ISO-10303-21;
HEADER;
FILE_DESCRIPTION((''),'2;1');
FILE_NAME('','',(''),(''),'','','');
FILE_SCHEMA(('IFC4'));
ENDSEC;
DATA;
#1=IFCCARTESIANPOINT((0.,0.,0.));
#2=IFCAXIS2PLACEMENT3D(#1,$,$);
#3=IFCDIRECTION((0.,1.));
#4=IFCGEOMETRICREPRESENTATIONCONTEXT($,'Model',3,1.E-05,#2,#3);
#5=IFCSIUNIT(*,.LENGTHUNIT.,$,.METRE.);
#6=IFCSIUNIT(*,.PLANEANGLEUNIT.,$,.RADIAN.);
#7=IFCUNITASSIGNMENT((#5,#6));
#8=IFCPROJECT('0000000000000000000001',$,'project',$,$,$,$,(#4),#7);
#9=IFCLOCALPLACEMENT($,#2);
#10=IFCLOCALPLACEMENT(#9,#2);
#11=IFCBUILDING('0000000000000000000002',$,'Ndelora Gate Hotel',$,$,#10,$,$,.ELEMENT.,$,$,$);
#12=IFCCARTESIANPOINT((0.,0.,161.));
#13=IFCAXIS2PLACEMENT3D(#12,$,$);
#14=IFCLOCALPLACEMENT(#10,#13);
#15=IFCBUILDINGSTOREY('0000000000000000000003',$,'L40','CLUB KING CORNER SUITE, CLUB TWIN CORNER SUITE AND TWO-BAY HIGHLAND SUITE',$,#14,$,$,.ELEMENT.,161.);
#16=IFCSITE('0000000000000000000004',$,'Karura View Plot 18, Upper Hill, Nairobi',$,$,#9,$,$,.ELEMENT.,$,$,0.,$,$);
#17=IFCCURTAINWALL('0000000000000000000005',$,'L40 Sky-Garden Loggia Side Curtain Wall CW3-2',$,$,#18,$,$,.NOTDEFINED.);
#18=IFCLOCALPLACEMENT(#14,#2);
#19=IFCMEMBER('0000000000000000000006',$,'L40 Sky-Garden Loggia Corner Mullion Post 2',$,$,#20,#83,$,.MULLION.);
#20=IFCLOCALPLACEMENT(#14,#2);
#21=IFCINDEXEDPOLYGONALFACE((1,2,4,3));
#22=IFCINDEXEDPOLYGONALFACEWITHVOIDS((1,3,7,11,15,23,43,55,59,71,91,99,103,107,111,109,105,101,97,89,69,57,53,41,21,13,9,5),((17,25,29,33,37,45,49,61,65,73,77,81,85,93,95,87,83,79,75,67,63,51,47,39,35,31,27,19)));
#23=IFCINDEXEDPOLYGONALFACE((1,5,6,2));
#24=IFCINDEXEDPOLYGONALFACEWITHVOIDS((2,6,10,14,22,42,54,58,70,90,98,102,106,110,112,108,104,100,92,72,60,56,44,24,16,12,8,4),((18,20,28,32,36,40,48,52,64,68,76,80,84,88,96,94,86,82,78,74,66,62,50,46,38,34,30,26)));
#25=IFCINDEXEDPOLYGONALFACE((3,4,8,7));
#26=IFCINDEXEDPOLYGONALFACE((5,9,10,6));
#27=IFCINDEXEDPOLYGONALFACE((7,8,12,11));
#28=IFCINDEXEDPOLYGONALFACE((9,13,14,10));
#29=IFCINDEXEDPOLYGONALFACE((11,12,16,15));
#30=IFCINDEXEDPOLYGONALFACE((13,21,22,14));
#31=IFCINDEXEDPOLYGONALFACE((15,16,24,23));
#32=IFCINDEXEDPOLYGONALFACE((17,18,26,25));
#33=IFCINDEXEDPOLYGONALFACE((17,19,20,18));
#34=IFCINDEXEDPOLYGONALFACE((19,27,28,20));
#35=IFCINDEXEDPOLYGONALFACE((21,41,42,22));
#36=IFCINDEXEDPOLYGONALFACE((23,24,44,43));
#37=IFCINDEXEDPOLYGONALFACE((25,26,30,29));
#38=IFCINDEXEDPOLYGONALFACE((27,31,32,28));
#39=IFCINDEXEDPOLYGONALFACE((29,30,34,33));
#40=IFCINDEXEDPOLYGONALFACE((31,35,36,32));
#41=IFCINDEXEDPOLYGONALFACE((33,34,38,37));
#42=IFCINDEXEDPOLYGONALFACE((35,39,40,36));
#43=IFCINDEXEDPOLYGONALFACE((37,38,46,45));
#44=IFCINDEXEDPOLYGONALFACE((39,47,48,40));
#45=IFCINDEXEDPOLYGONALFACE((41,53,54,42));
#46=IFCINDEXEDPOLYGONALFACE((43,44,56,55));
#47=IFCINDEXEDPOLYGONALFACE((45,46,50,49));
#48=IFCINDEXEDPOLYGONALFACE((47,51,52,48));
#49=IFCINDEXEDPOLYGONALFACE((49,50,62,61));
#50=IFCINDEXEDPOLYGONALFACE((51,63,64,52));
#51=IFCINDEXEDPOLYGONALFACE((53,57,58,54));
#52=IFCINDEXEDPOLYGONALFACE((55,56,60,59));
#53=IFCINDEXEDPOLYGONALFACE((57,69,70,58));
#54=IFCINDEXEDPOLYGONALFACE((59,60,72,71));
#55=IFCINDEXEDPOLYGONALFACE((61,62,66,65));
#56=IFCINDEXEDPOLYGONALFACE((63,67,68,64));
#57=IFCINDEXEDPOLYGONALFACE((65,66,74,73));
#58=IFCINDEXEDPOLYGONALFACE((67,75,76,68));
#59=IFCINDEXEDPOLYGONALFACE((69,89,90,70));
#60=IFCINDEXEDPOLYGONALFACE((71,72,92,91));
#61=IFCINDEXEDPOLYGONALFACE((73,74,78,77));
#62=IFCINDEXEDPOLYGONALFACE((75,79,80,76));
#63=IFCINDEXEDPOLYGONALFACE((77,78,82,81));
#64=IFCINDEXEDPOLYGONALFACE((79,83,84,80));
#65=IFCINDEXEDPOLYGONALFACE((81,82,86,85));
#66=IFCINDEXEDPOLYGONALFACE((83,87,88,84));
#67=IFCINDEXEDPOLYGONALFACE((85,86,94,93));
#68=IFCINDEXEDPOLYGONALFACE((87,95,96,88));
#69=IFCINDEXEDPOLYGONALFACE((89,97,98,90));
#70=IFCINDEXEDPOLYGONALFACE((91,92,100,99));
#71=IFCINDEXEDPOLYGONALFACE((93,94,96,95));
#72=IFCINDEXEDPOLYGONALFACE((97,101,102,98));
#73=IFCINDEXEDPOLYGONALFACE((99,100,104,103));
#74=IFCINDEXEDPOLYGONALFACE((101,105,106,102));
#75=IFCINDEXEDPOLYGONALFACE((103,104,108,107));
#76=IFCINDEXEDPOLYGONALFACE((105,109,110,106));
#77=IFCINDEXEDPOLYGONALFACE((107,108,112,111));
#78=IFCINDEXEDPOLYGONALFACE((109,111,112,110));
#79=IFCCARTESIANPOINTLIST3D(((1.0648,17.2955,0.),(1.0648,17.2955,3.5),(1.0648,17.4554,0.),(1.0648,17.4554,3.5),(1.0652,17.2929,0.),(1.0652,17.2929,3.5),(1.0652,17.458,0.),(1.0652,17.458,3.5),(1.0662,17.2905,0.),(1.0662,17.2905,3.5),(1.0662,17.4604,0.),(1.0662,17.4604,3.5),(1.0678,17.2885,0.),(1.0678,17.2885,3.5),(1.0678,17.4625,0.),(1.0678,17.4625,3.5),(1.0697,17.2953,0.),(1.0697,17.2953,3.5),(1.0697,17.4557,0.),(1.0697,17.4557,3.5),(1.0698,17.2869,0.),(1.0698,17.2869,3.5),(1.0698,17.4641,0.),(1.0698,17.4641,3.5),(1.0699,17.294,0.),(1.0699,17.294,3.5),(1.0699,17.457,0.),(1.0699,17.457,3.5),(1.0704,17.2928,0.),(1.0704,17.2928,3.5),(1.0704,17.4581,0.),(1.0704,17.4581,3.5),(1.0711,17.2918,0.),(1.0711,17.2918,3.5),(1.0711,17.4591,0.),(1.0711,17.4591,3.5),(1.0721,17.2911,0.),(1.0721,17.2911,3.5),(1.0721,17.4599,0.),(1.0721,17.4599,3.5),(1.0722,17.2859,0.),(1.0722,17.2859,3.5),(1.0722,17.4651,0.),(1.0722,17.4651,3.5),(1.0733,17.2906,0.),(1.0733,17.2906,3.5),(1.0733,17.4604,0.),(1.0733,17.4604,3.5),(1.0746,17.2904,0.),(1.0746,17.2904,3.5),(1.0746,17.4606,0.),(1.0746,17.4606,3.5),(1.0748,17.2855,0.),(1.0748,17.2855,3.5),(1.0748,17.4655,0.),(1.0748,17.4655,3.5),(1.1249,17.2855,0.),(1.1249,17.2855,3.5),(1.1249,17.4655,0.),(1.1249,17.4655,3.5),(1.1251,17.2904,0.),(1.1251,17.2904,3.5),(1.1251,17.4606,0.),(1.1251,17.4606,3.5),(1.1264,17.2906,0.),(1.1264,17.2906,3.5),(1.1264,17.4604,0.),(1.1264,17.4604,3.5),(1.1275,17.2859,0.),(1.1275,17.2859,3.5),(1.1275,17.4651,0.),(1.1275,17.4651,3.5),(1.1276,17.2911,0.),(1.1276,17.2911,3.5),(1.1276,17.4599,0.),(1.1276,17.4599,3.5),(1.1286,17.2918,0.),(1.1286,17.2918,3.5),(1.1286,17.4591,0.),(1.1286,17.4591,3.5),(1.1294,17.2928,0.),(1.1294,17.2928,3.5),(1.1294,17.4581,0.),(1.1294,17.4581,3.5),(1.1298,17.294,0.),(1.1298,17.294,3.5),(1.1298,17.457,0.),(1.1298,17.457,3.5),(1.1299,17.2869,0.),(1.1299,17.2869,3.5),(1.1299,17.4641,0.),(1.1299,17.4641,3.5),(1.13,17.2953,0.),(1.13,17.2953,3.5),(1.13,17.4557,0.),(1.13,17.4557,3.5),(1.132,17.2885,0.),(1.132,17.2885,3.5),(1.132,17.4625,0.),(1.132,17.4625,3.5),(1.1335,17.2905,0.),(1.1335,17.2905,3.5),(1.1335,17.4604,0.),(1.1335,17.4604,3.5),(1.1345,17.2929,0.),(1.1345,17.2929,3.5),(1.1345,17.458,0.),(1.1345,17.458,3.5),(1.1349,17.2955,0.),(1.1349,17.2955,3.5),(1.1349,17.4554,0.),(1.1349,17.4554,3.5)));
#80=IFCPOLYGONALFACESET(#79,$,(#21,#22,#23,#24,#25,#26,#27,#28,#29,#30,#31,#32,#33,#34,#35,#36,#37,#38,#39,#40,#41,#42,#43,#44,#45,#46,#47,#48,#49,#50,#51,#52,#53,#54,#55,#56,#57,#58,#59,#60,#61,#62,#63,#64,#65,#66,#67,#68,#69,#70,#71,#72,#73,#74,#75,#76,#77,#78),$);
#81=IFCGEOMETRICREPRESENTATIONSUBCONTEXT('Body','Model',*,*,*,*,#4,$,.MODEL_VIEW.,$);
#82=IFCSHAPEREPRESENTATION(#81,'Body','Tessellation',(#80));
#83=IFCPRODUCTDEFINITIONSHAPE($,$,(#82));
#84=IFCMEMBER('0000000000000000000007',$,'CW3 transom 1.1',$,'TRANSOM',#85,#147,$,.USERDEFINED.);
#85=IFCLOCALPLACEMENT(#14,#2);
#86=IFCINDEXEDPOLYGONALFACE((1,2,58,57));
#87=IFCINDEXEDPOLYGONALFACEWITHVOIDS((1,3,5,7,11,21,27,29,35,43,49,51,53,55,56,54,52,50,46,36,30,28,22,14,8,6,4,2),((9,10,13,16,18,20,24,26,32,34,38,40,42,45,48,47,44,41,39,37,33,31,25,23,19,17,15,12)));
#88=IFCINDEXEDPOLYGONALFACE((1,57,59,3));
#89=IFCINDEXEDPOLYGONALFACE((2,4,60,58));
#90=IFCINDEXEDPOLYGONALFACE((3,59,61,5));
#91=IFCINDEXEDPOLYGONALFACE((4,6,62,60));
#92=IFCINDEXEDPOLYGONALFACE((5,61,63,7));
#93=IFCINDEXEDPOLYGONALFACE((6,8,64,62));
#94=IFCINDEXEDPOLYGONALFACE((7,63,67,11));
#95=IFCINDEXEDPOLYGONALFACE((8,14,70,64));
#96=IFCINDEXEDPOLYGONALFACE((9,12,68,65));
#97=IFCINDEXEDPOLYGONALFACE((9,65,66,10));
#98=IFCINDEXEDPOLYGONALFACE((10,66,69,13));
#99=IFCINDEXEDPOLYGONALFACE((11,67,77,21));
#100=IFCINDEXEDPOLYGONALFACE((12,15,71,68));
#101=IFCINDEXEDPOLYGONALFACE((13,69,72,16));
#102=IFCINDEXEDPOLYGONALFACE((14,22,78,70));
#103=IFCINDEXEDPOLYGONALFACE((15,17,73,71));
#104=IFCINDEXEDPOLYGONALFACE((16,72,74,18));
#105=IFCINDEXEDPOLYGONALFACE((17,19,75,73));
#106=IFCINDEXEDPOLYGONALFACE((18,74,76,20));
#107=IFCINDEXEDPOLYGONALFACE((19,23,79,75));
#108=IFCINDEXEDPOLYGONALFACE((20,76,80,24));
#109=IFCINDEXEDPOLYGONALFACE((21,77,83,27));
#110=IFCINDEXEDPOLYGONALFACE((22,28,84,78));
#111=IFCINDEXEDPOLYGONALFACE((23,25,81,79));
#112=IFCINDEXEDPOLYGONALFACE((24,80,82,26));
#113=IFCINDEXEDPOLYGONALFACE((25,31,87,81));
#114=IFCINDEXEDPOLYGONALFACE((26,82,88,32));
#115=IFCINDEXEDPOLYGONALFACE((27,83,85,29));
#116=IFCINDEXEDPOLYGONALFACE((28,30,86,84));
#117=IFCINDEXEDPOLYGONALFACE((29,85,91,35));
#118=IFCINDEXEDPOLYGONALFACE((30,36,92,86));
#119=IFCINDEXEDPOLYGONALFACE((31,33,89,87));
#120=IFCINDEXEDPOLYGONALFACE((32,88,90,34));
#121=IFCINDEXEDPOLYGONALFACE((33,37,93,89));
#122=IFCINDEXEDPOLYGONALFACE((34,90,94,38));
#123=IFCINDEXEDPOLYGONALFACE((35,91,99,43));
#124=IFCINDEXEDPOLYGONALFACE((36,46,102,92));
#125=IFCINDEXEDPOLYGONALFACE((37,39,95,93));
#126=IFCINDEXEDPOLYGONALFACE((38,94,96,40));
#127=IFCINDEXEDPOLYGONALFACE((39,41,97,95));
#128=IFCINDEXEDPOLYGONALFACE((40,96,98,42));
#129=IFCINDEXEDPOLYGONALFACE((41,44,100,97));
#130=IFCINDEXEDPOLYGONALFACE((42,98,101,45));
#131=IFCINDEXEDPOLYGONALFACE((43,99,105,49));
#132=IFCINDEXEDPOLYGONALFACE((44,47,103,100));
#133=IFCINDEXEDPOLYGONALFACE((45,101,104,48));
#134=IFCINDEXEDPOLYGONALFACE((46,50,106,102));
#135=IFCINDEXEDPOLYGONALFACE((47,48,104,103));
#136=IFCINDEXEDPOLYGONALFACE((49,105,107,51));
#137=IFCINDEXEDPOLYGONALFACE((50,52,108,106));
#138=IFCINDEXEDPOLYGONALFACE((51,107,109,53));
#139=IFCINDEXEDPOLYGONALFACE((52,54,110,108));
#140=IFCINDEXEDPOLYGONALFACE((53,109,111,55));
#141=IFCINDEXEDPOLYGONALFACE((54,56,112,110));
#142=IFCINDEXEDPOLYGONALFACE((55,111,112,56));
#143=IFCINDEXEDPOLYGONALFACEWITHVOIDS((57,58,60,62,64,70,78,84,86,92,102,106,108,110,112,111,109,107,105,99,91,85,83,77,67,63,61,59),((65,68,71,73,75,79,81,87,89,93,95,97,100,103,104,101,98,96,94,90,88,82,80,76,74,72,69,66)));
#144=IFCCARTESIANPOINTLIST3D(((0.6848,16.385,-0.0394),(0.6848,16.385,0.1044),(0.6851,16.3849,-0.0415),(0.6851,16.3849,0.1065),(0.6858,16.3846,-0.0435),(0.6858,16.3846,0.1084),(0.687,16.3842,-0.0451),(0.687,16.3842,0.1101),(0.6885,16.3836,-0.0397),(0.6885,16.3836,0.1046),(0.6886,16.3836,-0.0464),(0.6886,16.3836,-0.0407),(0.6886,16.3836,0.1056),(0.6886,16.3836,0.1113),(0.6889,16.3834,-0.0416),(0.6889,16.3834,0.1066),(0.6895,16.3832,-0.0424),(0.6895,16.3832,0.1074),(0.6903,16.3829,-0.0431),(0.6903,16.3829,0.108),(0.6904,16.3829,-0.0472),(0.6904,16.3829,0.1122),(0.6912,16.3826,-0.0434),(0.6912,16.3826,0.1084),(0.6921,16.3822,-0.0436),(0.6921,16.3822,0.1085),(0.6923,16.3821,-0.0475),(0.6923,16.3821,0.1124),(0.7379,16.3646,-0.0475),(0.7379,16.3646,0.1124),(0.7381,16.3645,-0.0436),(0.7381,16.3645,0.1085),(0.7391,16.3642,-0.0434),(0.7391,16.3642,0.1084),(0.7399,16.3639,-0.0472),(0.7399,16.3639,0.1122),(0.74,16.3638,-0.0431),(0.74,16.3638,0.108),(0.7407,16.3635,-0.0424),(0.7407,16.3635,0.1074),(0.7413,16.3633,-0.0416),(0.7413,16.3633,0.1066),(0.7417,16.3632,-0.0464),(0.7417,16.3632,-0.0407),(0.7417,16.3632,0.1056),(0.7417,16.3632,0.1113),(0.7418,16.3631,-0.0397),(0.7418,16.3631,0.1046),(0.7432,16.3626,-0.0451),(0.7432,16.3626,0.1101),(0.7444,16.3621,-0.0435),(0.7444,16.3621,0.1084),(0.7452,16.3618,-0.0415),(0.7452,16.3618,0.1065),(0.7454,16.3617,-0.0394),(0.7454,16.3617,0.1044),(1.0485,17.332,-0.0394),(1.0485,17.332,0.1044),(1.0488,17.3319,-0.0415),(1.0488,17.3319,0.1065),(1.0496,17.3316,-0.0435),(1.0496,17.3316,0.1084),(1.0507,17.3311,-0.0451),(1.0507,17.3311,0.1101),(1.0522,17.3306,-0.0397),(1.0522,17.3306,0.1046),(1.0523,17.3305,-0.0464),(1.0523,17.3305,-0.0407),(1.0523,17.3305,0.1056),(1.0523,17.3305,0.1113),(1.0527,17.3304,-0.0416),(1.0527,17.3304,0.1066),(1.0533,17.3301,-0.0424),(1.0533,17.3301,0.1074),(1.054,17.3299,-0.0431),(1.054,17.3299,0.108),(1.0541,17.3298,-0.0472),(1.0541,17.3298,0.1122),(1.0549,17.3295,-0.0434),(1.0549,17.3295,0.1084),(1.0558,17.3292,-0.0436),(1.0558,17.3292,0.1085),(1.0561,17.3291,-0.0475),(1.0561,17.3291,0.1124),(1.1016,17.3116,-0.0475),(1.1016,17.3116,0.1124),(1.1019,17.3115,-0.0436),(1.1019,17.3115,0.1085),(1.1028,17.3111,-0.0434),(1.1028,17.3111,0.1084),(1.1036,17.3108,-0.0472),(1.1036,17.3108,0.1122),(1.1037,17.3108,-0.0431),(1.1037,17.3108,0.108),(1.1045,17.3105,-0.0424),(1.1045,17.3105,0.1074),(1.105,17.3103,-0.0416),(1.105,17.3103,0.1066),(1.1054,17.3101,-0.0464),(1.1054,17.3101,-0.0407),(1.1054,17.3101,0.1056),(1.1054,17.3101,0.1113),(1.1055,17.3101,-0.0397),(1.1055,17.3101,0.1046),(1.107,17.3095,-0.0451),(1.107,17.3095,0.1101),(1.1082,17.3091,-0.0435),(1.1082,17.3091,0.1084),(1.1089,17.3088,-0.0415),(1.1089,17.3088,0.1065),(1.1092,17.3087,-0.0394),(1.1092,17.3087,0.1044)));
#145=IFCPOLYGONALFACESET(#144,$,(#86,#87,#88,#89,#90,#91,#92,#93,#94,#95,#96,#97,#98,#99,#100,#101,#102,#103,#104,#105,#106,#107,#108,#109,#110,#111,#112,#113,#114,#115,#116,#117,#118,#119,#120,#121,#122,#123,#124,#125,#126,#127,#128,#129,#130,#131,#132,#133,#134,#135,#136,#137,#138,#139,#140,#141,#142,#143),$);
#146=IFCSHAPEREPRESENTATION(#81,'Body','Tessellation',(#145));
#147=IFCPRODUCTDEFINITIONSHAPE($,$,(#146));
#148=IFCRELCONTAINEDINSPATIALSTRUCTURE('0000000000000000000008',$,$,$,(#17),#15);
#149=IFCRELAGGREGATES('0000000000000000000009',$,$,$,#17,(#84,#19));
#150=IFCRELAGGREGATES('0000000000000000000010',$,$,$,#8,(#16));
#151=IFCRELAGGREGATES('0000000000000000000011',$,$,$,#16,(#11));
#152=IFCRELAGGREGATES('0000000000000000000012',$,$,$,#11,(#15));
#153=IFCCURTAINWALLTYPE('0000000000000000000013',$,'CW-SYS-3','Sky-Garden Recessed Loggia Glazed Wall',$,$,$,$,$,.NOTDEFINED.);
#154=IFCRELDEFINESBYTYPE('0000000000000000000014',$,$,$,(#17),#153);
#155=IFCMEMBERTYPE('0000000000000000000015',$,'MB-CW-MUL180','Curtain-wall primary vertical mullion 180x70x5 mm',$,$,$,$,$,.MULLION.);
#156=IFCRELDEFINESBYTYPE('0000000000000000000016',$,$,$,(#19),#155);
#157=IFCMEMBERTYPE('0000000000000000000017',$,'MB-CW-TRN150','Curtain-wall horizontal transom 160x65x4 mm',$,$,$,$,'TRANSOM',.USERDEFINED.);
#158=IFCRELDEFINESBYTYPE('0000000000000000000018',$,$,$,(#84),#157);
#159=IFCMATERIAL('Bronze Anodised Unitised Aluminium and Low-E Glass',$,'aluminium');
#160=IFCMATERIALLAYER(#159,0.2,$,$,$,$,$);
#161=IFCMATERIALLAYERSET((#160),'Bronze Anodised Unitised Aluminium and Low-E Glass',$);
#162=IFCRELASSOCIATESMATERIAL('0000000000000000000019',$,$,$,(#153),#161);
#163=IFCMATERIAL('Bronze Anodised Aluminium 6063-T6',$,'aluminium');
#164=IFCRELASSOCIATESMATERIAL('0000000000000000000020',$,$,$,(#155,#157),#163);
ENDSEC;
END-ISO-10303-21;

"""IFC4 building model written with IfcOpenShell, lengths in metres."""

from ifc_helpers import new_model, si_unit, direction, frame, origin, origin_2d, place, context, subcontext, project, spatial, hollow_rectangle, extrude, material, layer, layer_set, material_profile, profile_set, type_object, element, aggregate, save


model = new_model("IFC4")

# Units and contexts
model_context = context("Model", 3, precision=1e-05, world=origin(), true_north=direction((0.0, 1.0)))
body_context = subcontext(model_context, "Body", "Model", "MODEL_VIEW")
ifc_project = project(units=[si_unit("LENGTHUNIT", "METRE"), si_unit("PLANEANGLEUNIT", "RADIAN")], contexts=[model_context])

# Site, building, storey
site_placement = place(None, origin())
site = spatial("IfcSite", under=ifc_project, at=site_placement, Name="Karura View Plot 18, Upper Hill, Nairobi", CompositionType="ELEMENT", RefElevation=0.0)
building_placement = place(site_placement, origin())
building = spatial("IfcBuilding", under=site, at=building_placement, Name="Ndelora Gate Hotel", CompositionType="ELEMENT")
storey_placement = place(building_placement, frame((0.0, 0.0, 161.0)))
storey = spatial("IfcBuildingStorey", under=building, at=storey_placement, Name="L40", Description="CLUB KING CORNER SUITE, CLUB TWIN CORNER SUITE AND TWO-BAY HIGHLAND SUITE", CompositionType="ELEMENT", Elevation=161.0)

# Curtain wall, members
ifc_material_1 = material(Name="Bronze Anodised Unitised Aluminium and Low-E Glass", Category="aluminium")
ifc_layer_1 = layer(ifc_material_1, 0.2)
ifc_layer_set_1 = layer_set([ifc_layer_1], Name="Bronze Anodised Unitised Aluminium and Low-E Glass")
curtain_wall_type = type_object("IfcCurtainWallType", Name="CW-SYS-3", Description="Sky-Garden Recessed Loggia Glazed Wall", PredefinedType="NOTDEFINED", material=ifc_layer_set_1)
curtain_wall_placement = place(storey_placement, origin())
curtain_wall = element("IfcCurtainWall", 1, at=curtain_wall_placement, inside=storey, type_object=curtain_wall_type, Name="L40 Sky-Garden Loggia Side Curtain Wall CW3-2", PredefinedType="NOTDEFINED")
ifc_material_2 = material(Name="Bronze Anodised Aluminium 6063-T6", Category="aluminium")
ifc_material_profile_1 = material_profile(ifc_material_2, hollow_rectangle(XDim=0.0701, YDim=0.1799, WallThickness=0.0049, InnerFilletRadius=0.0049, OuterFilletRadius=0.01, at=origin_2d()), Name="ALU 180x70x5")
ifc_profile_set_1 = profile_set([ifc_material_profile_1], Name="Bronze Anodised Aluminium 6063-T6")
member_type_1 = type_object("IfcMemberType", Name="MB-CW-MUL180", Description="Curtain-wall primary vertical mullion 180x70x5 mm", PredefinedType="MULLION", material=ifc_profile_set_1)
member_1_placement = place(storey_placement, frame((1.0999, 17.3755, 0.0), z_axis=(0.0, 0.0, 1.0), x_axis=(1.0, 0.0, 0.0)))
member_1 = element("IfcMember", 2, at=member_1_placement, type_object=member_type_1, Name="L40 Sky-Garden Loggia Corner Mullion Post 2", PredefinedType="MULLION", context=body_context, shape_type="SweptSolid", body=[
    extrude(hollow_rectangle(XDim=0.0701, YDim=0.1799, WallThickness=0.0049, InnerFilletRadius=0.0049, OuterFilletRadius=0.01, at=origin_2d()), origin(), (0.0, 0.0, 1.0), 3.5),
])
ifc_material_profile_2 = material_profile(ifc_material_2, hollow_rectangle(XDim=0.0649, YDim=0.1599, WallThickness=0.0039, InnerFilletRadius=0.0039, OuterFilletRadius=0.0081, at=origin_2d()), Name="ALU 160x65x4")
ifc_profile_set_2 = profile_set([ifc_material_profile_2], Name="Bronze Anodised Aluminium 6063-T6")
member_type_2 = type_object("IfcMemberType", Name="MB-CW-TRN150", Description="Curtain-wall horizontal transom 160x65x4 mm", ElementType="TRANSOM", PredefinedType="USERDEFINED", material=ifc_profile_set_2)
member_2_placement = place(storey_placement, frame((1.0789, 17.3203, 0.0325), z_axis=(-0.358576, -0.933501, 0.0), x_axis=(0.933501, -0.358576, 0.0)))
member_2 = element("IfcMember", 3, at=member_2_placement, type_object=member_type_2, Name="CW3 transom 1.1", ObjectType="TRANSOM", PredefinedType="USERDEFINED", context=body_context, shape_type="SweptSolid", body=[
    extrude(hollow_rectangle(XDim=0.0649, YDim=0.1599, WallThickness=0.0039, InnerFilletRadius=0.0039, OuterFilletRadius=0.0081, at=origin_2d()), origin(), (0.0, 0.0, 1.0), 1.0144),
])
aggregate(curtain_wall, [member_2, member_1])

save(model, "model.ifc")
